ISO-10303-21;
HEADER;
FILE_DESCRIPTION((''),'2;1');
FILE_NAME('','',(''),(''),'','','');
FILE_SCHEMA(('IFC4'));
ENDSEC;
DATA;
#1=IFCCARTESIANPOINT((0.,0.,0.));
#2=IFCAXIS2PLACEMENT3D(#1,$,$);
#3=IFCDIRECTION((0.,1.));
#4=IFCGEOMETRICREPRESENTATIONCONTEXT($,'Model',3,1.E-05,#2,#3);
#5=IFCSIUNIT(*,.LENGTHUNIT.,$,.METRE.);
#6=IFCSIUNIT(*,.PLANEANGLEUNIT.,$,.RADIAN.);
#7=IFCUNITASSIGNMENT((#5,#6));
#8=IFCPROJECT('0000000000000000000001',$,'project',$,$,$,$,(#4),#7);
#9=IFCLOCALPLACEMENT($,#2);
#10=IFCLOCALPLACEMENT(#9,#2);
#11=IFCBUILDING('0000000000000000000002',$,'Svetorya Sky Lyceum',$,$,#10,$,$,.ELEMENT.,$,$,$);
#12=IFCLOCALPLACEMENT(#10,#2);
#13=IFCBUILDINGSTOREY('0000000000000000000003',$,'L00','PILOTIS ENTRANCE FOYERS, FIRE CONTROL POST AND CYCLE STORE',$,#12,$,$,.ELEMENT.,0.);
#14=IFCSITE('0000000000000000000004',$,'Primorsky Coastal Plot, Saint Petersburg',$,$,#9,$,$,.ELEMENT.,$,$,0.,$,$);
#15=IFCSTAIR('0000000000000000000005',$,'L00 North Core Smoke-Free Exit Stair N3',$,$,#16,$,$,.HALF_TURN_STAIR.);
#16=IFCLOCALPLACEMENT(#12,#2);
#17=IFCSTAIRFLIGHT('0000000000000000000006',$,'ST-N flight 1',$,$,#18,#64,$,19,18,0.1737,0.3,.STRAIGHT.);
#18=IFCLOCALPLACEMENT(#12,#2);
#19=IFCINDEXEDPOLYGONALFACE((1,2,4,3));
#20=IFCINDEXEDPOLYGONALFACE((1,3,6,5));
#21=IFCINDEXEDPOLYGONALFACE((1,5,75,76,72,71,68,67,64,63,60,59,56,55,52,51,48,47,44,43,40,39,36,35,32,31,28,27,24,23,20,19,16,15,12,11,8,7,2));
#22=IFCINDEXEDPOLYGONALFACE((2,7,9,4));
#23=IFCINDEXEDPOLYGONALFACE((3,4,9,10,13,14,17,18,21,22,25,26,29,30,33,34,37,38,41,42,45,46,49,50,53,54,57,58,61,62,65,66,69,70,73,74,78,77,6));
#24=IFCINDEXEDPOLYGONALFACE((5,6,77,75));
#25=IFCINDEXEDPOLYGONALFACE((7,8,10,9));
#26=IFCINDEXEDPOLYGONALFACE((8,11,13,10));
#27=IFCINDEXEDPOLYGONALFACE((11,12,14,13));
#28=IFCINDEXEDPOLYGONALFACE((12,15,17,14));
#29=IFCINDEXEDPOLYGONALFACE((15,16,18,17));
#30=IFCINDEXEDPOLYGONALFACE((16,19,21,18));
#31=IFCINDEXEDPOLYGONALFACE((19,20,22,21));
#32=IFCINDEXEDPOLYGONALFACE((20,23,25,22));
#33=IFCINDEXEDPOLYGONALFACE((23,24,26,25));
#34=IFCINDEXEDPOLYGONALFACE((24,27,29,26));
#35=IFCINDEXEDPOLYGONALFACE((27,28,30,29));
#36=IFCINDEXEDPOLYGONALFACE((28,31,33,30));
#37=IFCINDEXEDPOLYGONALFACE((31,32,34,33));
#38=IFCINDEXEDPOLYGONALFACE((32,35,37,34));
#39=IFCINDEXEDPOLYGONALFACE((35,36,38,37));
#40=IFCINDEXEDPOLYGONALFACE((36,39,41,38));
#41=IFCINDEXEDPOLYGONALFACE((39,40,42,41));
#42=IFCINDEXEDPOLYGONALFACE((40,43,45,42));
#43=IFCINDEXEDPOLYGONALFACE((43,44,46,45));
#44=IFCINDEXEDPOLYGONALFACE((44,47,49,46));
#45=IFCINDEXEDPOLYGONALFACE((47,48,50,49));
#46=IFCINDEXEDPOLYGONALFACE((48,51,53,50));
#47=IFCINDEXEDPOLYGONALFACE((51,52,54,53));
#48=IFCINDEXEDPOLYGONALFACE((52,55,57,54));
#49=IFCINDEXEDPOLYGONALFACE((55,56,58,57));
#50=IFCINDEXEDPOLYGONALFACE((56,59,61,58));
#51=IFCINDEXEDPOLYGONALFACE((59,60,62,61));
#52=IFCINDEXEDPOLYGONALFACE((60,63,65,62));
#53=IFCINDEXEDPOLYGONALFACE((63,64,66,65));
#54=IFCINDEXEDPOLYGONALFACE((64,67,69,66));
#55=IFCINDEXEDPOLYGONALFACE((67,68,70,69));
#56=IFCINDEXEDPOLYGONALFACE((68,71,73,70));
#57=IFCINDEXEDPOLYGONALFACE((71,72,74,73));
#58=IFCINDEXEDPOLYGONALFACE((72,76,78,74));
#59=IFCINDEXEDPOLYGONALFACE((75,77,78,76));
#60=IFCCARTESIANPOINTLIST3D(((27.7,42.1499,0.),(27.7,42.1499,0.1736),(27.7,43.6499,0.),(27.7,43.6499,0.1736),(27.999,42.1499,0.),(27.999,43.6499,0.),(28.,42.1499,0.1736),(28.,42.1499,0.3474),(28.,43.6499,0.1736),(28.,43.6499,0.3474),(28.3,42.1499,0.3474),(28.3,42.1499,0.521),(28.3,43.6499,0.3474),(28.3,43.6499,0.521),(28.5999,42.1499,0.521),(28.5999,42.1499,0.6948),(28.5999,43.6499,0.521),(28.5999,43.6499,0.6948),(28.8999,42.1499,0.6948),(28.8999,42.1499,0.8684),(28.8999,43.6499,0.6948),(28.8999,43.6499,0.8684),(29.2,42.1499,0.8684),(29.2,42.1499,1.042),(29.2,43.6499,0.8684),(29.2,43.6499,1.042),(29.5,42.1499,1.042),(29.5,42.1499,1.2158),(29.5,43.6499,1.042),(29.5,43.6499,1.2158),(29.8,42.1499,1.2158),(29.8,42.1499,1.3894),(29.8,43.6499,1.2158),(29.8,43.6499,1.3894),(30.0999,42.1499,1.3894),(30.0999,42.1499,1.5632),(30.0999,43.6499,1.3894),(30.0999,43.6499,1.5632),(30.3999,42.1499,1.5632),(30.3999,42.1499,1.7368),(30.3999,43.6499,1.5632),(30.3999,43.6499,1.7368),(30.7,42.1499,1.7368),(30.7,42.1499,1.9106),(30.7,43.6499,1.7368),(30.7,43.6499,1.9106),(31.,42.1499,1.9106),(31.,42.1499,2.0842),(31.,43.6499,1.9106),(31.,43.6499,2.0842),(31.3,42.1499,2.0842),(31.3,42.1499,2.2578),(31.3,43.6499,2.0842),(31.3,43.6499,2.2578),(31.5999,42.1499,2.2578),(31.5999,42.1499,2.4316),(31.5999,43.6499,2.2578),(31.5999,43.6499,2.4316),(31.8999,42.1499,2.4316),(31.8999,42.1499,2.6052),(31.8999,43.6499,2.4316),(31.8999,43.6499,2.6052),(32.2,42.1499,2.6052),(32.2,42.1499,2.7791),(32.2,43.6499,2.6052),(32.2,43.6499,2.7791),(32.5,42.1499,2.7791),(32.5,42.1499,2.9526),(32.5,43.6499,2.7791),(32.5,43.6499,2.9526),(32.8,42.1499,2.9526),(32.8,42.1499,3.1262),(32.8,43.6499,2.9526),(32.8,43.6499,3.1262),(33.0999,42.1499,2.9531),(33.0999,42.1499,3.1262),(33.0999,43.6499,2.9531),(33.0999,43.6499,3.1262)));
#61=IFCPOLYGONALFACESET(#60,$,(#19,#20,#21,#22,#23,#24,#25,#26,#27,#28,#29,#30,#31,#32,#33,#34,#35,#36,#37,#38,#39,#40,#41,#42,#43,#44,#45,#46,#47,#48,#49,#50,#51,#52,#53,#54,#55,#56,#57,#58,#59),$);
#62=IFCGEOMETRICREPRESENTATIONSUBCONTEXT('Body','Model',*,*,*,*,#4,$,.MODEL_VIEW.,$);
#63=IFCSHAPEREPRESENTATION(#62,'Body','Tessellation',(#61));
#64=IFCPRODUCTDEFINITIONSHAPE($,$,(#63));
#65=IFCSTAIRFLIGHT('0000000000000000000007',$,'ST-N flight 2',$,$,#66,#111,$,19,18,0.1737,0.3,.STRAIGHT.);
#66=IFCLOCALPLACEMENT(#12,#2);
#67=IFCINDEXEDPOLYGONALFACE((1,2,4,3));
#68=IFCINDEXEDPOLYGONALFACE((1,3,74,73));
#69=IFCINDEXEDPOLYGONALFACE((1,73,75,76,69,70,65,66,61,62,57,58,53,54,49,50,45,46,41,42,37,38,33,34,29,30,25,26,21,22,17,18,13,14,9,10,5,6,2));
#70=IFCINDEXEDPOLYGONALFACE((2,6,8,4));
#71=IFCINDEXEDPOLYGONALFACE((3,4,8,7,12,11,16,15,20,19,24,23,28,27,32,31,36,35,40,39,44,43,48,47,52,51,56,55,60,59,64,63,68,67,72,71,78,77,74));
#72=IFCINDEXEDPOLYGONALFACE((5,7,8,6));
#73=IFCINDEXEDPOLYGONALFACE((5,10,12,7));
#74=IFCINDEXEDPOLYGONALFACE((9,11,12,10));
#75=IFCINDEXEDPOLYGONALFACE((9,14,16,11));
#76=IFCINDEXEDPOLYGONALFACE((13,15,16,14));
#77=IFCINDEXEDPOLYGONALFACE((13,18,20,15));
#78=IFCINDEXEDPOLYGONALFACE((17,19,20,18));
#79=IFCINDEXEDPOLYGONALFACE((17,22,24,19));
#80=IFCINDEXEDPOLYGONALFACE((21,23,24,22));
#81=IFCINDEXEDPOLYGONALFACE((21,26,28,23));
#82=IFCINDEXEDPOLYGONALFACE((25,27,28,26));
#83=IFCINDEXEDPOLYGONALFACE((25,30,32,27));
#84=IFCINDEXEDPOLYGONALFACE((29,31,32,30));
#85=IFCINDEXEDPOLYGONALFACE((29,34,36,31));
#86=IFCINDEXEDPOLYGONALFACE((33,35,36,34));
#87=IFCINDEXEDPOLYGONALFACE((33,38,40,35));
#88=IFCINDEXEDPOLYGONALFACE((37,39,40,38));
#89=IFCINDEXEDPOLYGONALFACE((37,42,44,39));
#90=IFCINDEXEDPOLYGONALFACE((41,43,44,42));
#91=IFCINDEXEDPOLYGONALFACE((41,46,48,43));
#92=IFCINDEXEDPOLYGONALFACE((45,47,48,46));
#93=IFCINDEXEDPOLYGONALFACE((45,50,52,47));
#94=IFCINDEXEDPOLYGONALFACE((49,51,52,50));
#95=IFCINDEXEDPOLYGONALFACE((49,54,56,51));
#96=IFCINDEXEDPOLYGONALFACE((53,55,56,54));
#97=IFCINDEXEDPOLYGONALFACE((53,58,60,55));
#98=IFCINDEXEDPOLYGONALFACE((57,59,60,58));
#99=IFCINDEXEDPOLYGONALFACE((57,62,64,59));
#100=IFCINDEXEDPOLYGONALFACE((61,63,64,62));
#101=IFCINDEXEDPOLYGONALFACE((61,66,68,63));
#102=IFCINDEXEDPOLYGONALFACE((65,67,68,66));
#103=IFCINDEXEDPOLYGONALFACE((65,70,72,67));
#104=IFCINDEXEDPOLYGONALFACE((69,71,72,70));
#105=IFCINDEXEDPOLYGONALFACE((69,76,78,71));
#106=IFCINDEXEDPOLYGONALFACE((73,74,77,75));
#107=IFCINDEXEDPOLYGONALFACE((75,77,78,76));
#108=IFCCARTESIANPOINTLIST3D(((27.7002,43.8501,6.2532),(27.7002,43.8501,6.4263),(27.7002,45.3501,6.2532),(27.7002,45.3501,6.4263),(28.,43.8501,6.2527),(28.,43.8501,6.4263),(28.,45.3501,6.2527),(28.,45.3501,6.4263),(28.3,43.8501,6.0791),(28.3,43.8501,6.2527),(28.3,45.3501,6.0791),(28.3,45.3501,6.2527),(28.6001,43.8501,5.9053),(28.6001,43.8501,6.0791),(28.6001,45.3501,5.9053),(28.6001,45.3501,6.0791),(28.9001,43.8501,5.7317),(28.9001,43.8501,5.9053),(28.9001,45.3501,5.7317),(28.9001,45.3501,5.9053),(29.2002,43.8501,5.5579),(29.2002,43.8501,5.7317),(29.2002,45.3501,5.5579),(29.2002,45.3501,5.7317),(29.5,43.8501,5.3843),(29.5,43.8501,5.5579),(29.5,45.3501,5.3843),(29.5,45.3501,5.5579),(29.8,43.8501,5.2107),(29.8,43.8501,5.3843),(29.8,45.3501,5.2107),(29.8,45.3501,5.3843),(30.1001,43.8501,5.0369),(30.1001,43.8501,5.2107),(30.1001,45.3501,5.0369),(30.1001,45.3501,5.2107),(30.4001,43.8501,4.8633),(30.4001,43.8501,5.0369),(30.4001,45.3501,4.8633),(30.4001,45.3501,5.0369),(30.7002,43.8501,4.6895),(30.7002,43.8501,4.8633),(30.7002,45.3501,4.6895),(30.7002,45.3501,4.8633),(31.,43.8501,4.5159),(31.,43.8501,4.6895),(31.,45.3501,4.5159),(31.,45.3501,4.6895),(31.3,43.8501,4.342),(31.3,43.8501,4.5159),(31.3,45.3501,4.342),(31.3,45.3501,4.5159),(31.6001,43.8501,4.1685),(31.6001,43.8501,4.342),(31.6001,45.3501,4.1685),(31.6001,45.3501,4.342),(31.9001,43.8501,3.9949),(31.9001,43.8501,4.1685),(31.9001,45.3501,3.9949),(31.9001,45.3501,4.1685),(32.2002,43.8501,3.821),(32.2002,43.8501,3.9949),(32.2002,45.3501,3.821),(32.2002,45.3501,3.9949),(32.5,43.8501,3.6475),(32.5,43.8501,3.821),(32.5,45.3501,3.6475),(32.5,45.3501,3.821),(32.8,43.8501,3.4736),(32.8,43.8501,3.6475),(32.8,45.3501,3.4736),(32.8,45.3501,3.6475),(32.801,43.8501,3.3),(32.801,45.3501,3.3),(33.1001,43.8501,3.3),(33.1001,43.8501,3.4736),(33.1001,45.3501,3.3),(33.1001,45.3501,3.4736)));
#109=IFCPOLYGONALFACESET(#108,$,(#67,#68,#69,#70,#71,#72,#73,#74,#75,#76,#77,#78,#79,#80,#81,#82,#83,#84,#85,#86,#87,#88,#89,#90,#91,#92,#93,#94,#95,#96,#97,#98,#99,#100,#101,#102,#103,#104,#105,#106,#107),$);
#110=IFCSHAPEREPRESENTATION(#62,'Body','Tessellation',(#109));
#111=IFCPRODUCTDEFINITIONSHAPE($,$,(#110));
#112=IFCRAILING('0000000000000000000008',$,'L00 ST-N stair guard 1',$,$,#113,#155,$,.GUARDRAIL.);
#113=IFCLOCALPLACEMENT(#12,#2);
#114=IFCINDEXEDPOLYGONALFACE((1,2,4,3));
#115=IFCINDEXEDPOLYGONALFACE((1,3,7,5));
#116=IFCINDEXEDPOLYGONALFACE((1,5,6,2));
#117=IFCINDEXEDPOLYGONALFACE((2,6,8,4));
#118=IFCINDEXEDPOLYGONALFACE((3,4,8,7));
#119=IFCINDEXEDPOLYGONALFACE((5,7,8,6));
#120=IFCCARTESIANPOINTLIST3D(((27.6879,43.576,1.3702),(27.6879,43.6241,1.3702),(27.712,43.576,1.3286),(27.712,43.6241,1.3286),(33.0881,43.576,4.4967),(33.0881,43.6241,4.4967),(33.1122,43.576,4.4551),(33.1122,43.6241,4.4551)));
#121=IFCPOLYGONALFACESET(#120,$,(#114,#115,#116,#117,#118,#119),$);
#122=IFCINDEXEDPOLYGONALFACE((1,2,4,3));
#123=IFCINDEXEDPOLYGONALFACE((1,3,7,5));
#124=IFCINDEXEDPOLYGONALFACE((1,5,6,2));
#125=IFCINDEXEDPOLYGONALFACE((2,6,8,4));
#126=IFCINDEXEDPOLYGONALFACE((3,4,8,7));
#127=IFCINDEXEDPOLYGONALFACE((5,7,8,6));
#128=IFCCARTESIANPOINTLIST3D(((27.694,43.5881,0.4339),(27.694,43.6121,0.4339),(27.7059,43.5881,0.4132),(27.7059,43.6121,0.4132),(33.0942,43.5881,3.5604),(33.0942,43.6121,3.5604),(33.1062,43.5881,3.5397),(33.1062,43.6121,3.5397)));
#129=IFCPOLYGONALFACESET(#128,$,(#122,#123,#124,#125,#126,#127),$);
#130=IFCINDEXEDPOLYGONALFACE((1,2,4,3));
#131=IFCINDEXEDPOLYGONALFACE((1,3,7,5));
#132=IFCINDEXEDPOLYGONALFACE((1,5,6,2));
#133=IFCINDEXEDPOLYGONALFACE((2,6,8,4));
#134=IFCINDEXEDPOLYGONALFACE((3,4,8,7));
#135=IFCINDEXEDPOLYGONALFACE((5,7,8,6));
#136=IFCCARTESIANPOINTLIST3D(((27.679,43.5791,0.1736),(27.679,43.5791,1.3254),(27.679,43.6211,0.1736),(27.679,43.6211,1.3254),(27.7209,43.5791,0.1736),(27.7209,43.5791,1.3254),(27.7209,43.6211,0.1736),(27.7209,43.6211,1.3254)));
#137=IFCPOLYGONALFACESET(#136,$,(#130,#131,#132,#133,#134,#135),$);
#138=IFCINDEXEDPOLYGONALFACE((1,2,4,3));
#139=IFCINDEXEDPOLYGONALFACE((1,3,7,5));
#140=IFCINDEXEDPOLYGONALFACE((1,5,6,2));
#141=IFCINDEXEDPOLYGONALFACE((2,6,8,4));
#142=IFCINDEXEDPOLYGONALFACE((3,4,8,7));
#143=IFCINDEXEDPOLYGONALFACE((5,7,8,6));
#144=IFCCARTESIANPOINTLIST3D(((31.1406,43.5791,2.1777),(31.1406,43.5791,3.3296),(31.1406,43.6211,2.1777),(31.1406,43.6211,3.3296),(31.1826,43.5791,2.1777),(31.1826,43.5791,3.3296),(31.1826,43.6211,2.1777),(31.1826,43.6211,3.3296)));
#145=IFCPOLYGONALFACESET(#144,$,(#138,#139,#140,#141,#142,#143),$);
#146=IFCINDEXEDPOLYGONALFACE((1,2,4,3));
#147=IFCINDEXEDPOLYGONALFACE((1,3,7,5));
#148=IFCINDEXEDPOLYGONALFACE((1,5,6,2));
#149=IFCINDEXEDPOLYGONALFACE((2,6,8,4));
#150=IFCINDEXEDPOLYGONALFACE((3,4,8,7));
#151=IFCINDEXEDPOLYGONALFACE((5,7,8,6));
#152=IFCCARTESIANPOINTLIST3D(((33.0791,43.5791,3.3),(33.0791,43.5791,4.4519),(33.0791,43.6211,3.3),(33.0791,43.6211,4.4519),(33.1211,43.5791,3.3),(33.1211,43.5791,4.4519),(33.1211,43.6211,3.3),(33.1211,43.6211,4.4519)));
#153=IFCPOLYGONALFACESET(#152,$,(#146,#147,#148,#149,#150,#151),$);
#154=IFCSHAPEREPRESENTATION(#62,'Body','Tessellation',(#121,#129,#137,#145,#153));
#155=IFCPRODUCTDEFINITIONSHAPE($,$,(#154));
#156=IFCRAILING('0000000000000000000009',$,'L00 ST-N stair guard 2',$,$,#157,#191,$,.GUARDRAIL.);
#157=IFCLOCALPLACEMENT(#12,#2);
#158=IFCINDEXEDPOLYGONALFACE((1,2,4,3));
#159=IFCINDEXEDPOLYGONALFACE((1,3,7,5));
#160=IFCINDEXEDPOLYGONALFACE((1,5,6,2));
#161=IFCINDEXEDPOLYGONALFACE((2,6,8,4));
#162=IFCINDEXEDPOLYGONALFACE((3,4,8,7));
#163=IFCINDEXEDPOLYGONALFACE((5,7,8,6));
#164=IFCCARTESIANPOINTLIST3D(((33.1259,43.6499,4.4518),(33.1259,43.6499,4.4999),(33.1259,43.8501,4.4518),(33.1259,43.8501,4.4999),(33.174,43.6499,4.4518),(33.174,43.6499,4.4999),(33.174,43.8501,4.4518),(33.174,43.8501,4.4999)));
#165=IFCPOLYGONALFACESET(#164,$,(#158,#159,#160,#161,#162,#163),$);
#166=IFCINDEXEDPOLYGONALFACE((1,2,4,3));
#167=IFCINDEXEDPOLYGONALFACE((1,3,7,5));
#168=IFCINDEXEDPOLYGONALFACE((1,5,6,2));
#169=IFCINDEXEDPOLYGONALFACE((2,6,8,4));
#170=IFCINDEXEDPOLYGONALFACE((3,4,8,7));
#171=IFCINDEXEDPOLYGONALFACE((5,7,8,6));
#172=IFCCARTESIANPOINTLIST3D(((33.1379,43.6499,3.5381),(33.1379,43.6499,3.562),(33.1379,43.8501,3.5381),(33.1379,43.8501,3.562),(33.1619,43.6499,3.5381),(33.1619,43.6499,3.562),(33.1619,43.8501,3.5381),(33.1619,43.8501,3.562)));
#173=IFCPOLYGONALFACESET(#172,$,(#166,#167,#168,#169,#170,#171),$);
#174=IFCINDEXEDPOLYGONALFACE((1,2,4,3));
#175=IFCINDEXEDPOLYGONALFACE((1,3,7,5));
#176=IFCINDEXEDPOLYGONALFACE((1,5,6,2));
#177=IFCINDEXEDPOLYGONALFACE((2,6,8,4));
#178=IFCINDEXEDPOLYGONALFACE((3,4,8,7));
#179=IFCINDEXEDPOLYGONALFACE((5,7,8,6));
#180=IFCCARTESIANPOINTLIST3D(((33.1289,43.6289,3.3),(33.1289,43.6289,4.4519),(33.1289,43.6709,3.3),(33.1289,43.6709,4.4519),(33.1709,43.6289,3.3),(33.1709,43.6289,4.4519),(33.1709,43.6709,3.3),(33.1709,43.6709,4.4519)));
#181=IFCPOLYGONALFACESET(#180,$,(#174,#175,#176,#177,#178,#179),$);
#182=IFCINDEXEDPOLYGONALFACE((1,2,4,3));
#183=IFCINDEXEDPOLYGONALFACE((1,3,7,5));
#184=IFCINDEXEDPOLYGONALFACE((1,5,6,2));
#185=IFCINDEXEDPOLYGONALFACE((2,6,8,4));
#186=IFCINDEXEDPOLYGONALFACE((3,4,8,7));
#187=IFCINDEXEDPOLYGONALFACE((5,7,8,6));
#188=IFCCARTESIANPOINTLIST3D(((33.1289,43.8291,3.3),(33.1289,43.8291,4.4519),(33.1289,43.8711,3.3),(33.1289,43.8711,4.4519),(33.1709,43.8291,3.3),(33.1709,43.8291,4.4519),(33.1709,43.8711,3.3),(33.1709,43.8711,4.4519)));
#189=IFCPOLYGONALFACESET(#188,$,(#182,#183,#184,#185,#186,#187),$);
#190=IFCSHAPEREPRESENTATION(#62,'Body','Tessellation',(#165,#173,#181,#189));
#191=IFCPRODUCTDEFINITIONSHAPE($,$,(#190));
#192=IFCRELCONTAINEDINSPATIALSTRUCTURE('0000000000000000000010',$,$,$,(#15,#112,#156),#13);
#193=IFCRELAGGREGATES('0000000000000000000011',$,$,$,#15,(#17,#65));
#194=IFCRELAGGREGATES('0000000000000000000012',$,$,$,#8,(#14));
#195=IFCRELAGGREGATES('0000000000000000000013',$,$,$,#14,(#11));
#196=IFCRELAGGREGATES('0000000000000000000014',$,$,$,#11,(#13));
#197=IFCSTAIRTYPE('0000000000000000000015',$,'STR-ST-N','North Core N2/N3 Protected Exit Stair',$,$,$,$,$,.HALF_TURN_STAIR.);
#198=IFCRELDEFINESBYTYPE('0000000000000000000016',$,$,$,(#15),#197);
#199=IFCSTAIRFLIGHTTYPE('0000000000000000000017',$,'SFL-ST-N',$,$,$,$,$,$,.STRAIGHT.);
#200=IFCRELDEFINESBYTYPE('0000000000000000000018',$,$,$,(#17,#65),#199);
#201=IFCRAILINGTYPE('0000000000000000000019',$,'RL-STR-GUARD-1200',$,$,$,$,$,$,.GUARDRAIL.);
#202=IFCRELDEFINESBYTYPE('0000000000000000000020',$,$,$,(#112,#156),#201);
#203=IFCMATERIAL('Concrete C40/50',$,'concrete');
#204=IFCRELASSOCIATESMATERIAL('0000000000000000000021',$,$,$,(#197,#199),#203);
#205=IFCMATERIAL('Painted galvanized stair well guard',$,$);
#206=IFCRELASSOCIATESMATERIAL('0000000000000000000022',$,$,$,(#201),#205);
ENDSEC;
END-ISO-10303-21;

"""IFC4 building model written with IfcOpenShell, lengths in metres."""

from ifc_helpers import new_model, si_unit, direction, frame, origin, origin_2d, place, context, subcontext, project, spatial, polyline, rectangle, outline, extrude, material, type_object, element, aggregate, save


model = new_model("IFC4")

# Units and contexts
model_context = context("Model", 3, precision=1e-05, world=origin(), true_north=direction((0.0, 1.0)))
body_context = subcontext(model_context, "Body", "Model", "MODEL_VIEW")
ifc_project = project(units=[si_unit("LENGTHUNIT", "METRE"), si_unit("PLANEANGLEUNIT", "RADIAN")], contexts=[model_context])

# Site, building, storey
site_placement = place(None, origin())
site = spatial("IfcSite", under=ifc_project, at=site_placement, Name="Primorsky Coastal Plot, Saint Petersburg", CompositionType="ELEMENT", RefElevation=0.0)
building_placement = place(site_placement, origin())
building = spatial("IfcBuilding", under=site, at=building_placement, Name="Svetorya Sky Lyceum", CompositionType="ELEMENT")
storey_placement = place(building_placement, origin())
storey = spatial("IfcBuildingStorey", under=building, at=storey_placement, Name="L00", Description="PILOTIS ENTRANCE FOYERS, FIRE CONTROL POST AND CYCLE STORE", CompositionType="ELEMENT", Elevation=0.0)

# Shared definitions
ifc_material_1 = material(Name="Concrete C40/50", Category="concrete")

# Stair, stair flights
stair_type = type_object("IfcStairType", Name="STR-ST-N", Description="North Core N2/N3 Protected Exit Stair", PredefinedType="HALF_TURN_STAIR", material=ifc_material_1)
stair_placement = place(storey_placement, origin())
stair = element("IfcStair", 1, at=stair_placement, inside=storey, type_object=stair_type, Name="L00 North Core Smoke-Free Exit Stair N3", PredefinedType="HALF_TURN_STAIR")
stair_flight_type = type_object("IfcStairFlightType", Name="SFL-ST-N", PredefinedType="STRAIGHT", material=ifc_material_1)
stair_flight_1_placement = place(storey_placement, frame((27.7, 42.8999, 0.0), z_axis=(0.0, 0.0, 1.0), x_axis=(1.0, 0.0, 0.0)))
stair_flight_1 = element("IfcStairFlight", 2, at=stair_flight_1_placement, type_object=stair_flight_type, Name="ST-N flight 1", NumberOfRisers=19, NumberOfTreads=18, PredefinedType="STRAIGHT", RiserHeight=0.1737, TreadLength=0.3, context=body_context, shape_type="SweptSolid", body=[
    extrude(outline(polyline([(0.0, 0.0), (0.0, 0.1736), (0.3, 0.1736), (0.3, 0.3474), (0.6001, 0.3474), (0.6001, 0.521), (0.8999, 0.521), (0.8999, 0.6948), (1.2, 0.6948), (1.2, 0.8684), (1.5, 0.8684), (1.5, 1.042), (1.8, 1.042), (1.8, 1.2158), (2.1001, 1.2158), (2.1001, 1.3894), (2.3999, 1.3894), (2.3999, 1.5632), (2.7, 1.5632), (2.7, 1.7368), (3.0, 1.7368), (3.0, 1.9106), (3.3, 1.9106), (3.3, 2.0842), (3.6001, 2.0842), (3.6001, 2.2578), (3.8999, 2.2578), (3.8999, 2.4316), (4.2, 2.4316), (4.2, 2.6052), (4.5, 2.6052), (4.5, 2.7791), (4.8, 2.7791), (4.8, 2.9526), (5.1001, 2.9526), (5.1001, 3.1262), (5.3999, 3.1262), (5.3999, 3.3), (5.3999, 2.9531), (0.2991, 0.0), (0.0, 0.0)])), frame((0.0, 0.75, 0.0), z_axis=(0.0, -1.0, 0.0), x_axis=(1.0, 0.0, 0.0)), (0.0, 0.0, 1.0), 1.5),
])
stair_flight_2_placement = place(storey_placement, frame((33.1001, 44.6001, 3.3), z_axis=(0.0, 0.0, 1.0), x_axis=(-1.0, 0.0, 0.0)))
stair_flight_2 = element("IfcStairFlight", 3, at=stair_flight_2_placement, type_object=stair_flight_type, Name="ST-N flight 2", NumberOfRisers=19, NumberOfTreads=18, PredefinedType="STRAIGHT", RiserHeight=0.1737, TreadLength=0.3, context=body_context, shape_type="SweptSolid", body=[
    extrude(outline(polyline([(0.0, 0.0), (0.0, 0.1736), (0.3, 0.1736), (0.3, 0.3474), (0.6001, 0.3474), (0.6001, 0.521), (0.8999, 0.521), (0.8999, 0.6948), (1.2, 0.6948), (1.2, 0.8684), (1.5, 0.8684), (1.5, 1.042), (1.8, 1.042), (1.8, 1.2158), (2.1001, 1.2158), (2.1001, 1.3894), (2.3999, 1.3894), (2.3999, 1.5632), (2.7, 1.5632), (2.7, 1.7368), (3.0, 1.7368), (3.0, 1.9106), (3.3, 1.9106), (3.3, 2.0842), (3.6001, 2.0842), (3.6001, 2.2578), (3.8999, 2.2578), (3.8999, 2.4316), (4.2, 2.4316), (4.2, 2.6052), (4.5, 2.6052), (4.5, 2.7791), (4.8, 2.7791), (4.8, 2.9526), (5.1001, 2.9526), (5.1001, 3.1262), (5.3999, 3.1262), (5.3999, 3.3), (5.3999, 2.9531), (0.2991, 0.0), (0.0, 0.0)])), frame((0.0, 0.75, 0.0), z_axis=(0.0, -1.0, 0.0), x_axis=(1.0, 0.0, 0.0)), (0.0, 0.0, 1.0), 1.5),
])
aggregate(stair, [stair_flight_1, stair_flight_2])

# Railings
ifc_material_2 = material(Name="Painted galvanized stair well guard")
railing_type_1 = type_object("IfcRailingType", Name="RL-STR-GUARD-1200", PredefinedType="GUARDRAIL", material=ifc_material_2)
railing_1_placement = place(storey_placement, frame((27.7, 43.6001, 0.1736)))
element("IfcRailing", 4, at=railing_1_placement, inside=storey, type_object=railing_type_1, Name="L00 ST-N stair guard 1", PredefinedType="GUARDRAIL", context=body_context, shape_type="SweptSolid", body=[
    extrude(rectangle(XDim=0.0481, YDim=0.0481, at=origin_2d()), frame((0.0, 0.0, 1.1758), z_axis=(0.865422, 0.0, 0.501044), x_axis=(0.0, 1.0, 0.0)), (0.0, 0.0, 1.0), 6.24),
    extrude(rectangle(XDim=0.0239, YDim=0.0239, at=origin_2d()), frame((0.0, 0.0, 0.25), z_axis=(0.865422, 0.0, 0.501044), x_axis=(0.0, 1.0, 0.0)), (0.0, 0.0, 1.0), 6.24),
    extrude(rectangle(XDim=0.042, YDim=0.042, at=origin_2d()), origin(), (0.0, 0.0, 1.0), 1.1519),
    extrude(rectangle(XDim=0.042, YDim=0.042, at=origin_2d()), frame((3.4617, 0.0, 2.0042)), (0.0, 0.0, 1.0), 1.1519),
    extrude(rectangle(XDim=0.042, YDim=0.042, at=origin_2d()), frame((5.4001, 0.0, 3.1265)), (0.0, 0.0, 1.0), 1.1519),
])
railing_2_placement = place(storey_placement, frame((33.1499, 43.6499, 3.3)))
element("IfcRailing", 5, at=railing_2_placement, inside=storey, type_object=railing_type_1, Name="L00 ST-N stair guard 2", PredefinedType="GUARDRAIL", context=body_context, shape_type="SweptSolid", body=[
    extrude(rectangle(XDim=0.0481, YDim=0.0481, at=origin_2d()), frame((0.0, 0.0, 1.1758), z_axis=(0.0, 1.0, 0.0), x_axis=(-1.0, 0.0, 0.0)), (0.0, 0.0, 1.0), 0.2002),
    extrude(rectangle(XDim=0.0239, YDim=0.0239, at=origin_2d()), frame((0.0, 0.0, 0.25), z_axis=(0.0, 1.0, 0.0), x_axis=(-1.0, 0.0, 0.0)), (0.0, 0.0, 1.0), 0.2002),
    extrude(rectangle(XDim=0.042, YDim=0.042, at=origin_2d()), origin(), (0.0, 0.0, 1.0), 1.1519),
    extrude(rectangle(XDim=0.042, YDim=0.042, at=origin_2d()), frame((0.0, 0.2002, 0.0)), (0.0, 0.0, 1.0), 1.1519),
])

save(model, "model.ifc")
